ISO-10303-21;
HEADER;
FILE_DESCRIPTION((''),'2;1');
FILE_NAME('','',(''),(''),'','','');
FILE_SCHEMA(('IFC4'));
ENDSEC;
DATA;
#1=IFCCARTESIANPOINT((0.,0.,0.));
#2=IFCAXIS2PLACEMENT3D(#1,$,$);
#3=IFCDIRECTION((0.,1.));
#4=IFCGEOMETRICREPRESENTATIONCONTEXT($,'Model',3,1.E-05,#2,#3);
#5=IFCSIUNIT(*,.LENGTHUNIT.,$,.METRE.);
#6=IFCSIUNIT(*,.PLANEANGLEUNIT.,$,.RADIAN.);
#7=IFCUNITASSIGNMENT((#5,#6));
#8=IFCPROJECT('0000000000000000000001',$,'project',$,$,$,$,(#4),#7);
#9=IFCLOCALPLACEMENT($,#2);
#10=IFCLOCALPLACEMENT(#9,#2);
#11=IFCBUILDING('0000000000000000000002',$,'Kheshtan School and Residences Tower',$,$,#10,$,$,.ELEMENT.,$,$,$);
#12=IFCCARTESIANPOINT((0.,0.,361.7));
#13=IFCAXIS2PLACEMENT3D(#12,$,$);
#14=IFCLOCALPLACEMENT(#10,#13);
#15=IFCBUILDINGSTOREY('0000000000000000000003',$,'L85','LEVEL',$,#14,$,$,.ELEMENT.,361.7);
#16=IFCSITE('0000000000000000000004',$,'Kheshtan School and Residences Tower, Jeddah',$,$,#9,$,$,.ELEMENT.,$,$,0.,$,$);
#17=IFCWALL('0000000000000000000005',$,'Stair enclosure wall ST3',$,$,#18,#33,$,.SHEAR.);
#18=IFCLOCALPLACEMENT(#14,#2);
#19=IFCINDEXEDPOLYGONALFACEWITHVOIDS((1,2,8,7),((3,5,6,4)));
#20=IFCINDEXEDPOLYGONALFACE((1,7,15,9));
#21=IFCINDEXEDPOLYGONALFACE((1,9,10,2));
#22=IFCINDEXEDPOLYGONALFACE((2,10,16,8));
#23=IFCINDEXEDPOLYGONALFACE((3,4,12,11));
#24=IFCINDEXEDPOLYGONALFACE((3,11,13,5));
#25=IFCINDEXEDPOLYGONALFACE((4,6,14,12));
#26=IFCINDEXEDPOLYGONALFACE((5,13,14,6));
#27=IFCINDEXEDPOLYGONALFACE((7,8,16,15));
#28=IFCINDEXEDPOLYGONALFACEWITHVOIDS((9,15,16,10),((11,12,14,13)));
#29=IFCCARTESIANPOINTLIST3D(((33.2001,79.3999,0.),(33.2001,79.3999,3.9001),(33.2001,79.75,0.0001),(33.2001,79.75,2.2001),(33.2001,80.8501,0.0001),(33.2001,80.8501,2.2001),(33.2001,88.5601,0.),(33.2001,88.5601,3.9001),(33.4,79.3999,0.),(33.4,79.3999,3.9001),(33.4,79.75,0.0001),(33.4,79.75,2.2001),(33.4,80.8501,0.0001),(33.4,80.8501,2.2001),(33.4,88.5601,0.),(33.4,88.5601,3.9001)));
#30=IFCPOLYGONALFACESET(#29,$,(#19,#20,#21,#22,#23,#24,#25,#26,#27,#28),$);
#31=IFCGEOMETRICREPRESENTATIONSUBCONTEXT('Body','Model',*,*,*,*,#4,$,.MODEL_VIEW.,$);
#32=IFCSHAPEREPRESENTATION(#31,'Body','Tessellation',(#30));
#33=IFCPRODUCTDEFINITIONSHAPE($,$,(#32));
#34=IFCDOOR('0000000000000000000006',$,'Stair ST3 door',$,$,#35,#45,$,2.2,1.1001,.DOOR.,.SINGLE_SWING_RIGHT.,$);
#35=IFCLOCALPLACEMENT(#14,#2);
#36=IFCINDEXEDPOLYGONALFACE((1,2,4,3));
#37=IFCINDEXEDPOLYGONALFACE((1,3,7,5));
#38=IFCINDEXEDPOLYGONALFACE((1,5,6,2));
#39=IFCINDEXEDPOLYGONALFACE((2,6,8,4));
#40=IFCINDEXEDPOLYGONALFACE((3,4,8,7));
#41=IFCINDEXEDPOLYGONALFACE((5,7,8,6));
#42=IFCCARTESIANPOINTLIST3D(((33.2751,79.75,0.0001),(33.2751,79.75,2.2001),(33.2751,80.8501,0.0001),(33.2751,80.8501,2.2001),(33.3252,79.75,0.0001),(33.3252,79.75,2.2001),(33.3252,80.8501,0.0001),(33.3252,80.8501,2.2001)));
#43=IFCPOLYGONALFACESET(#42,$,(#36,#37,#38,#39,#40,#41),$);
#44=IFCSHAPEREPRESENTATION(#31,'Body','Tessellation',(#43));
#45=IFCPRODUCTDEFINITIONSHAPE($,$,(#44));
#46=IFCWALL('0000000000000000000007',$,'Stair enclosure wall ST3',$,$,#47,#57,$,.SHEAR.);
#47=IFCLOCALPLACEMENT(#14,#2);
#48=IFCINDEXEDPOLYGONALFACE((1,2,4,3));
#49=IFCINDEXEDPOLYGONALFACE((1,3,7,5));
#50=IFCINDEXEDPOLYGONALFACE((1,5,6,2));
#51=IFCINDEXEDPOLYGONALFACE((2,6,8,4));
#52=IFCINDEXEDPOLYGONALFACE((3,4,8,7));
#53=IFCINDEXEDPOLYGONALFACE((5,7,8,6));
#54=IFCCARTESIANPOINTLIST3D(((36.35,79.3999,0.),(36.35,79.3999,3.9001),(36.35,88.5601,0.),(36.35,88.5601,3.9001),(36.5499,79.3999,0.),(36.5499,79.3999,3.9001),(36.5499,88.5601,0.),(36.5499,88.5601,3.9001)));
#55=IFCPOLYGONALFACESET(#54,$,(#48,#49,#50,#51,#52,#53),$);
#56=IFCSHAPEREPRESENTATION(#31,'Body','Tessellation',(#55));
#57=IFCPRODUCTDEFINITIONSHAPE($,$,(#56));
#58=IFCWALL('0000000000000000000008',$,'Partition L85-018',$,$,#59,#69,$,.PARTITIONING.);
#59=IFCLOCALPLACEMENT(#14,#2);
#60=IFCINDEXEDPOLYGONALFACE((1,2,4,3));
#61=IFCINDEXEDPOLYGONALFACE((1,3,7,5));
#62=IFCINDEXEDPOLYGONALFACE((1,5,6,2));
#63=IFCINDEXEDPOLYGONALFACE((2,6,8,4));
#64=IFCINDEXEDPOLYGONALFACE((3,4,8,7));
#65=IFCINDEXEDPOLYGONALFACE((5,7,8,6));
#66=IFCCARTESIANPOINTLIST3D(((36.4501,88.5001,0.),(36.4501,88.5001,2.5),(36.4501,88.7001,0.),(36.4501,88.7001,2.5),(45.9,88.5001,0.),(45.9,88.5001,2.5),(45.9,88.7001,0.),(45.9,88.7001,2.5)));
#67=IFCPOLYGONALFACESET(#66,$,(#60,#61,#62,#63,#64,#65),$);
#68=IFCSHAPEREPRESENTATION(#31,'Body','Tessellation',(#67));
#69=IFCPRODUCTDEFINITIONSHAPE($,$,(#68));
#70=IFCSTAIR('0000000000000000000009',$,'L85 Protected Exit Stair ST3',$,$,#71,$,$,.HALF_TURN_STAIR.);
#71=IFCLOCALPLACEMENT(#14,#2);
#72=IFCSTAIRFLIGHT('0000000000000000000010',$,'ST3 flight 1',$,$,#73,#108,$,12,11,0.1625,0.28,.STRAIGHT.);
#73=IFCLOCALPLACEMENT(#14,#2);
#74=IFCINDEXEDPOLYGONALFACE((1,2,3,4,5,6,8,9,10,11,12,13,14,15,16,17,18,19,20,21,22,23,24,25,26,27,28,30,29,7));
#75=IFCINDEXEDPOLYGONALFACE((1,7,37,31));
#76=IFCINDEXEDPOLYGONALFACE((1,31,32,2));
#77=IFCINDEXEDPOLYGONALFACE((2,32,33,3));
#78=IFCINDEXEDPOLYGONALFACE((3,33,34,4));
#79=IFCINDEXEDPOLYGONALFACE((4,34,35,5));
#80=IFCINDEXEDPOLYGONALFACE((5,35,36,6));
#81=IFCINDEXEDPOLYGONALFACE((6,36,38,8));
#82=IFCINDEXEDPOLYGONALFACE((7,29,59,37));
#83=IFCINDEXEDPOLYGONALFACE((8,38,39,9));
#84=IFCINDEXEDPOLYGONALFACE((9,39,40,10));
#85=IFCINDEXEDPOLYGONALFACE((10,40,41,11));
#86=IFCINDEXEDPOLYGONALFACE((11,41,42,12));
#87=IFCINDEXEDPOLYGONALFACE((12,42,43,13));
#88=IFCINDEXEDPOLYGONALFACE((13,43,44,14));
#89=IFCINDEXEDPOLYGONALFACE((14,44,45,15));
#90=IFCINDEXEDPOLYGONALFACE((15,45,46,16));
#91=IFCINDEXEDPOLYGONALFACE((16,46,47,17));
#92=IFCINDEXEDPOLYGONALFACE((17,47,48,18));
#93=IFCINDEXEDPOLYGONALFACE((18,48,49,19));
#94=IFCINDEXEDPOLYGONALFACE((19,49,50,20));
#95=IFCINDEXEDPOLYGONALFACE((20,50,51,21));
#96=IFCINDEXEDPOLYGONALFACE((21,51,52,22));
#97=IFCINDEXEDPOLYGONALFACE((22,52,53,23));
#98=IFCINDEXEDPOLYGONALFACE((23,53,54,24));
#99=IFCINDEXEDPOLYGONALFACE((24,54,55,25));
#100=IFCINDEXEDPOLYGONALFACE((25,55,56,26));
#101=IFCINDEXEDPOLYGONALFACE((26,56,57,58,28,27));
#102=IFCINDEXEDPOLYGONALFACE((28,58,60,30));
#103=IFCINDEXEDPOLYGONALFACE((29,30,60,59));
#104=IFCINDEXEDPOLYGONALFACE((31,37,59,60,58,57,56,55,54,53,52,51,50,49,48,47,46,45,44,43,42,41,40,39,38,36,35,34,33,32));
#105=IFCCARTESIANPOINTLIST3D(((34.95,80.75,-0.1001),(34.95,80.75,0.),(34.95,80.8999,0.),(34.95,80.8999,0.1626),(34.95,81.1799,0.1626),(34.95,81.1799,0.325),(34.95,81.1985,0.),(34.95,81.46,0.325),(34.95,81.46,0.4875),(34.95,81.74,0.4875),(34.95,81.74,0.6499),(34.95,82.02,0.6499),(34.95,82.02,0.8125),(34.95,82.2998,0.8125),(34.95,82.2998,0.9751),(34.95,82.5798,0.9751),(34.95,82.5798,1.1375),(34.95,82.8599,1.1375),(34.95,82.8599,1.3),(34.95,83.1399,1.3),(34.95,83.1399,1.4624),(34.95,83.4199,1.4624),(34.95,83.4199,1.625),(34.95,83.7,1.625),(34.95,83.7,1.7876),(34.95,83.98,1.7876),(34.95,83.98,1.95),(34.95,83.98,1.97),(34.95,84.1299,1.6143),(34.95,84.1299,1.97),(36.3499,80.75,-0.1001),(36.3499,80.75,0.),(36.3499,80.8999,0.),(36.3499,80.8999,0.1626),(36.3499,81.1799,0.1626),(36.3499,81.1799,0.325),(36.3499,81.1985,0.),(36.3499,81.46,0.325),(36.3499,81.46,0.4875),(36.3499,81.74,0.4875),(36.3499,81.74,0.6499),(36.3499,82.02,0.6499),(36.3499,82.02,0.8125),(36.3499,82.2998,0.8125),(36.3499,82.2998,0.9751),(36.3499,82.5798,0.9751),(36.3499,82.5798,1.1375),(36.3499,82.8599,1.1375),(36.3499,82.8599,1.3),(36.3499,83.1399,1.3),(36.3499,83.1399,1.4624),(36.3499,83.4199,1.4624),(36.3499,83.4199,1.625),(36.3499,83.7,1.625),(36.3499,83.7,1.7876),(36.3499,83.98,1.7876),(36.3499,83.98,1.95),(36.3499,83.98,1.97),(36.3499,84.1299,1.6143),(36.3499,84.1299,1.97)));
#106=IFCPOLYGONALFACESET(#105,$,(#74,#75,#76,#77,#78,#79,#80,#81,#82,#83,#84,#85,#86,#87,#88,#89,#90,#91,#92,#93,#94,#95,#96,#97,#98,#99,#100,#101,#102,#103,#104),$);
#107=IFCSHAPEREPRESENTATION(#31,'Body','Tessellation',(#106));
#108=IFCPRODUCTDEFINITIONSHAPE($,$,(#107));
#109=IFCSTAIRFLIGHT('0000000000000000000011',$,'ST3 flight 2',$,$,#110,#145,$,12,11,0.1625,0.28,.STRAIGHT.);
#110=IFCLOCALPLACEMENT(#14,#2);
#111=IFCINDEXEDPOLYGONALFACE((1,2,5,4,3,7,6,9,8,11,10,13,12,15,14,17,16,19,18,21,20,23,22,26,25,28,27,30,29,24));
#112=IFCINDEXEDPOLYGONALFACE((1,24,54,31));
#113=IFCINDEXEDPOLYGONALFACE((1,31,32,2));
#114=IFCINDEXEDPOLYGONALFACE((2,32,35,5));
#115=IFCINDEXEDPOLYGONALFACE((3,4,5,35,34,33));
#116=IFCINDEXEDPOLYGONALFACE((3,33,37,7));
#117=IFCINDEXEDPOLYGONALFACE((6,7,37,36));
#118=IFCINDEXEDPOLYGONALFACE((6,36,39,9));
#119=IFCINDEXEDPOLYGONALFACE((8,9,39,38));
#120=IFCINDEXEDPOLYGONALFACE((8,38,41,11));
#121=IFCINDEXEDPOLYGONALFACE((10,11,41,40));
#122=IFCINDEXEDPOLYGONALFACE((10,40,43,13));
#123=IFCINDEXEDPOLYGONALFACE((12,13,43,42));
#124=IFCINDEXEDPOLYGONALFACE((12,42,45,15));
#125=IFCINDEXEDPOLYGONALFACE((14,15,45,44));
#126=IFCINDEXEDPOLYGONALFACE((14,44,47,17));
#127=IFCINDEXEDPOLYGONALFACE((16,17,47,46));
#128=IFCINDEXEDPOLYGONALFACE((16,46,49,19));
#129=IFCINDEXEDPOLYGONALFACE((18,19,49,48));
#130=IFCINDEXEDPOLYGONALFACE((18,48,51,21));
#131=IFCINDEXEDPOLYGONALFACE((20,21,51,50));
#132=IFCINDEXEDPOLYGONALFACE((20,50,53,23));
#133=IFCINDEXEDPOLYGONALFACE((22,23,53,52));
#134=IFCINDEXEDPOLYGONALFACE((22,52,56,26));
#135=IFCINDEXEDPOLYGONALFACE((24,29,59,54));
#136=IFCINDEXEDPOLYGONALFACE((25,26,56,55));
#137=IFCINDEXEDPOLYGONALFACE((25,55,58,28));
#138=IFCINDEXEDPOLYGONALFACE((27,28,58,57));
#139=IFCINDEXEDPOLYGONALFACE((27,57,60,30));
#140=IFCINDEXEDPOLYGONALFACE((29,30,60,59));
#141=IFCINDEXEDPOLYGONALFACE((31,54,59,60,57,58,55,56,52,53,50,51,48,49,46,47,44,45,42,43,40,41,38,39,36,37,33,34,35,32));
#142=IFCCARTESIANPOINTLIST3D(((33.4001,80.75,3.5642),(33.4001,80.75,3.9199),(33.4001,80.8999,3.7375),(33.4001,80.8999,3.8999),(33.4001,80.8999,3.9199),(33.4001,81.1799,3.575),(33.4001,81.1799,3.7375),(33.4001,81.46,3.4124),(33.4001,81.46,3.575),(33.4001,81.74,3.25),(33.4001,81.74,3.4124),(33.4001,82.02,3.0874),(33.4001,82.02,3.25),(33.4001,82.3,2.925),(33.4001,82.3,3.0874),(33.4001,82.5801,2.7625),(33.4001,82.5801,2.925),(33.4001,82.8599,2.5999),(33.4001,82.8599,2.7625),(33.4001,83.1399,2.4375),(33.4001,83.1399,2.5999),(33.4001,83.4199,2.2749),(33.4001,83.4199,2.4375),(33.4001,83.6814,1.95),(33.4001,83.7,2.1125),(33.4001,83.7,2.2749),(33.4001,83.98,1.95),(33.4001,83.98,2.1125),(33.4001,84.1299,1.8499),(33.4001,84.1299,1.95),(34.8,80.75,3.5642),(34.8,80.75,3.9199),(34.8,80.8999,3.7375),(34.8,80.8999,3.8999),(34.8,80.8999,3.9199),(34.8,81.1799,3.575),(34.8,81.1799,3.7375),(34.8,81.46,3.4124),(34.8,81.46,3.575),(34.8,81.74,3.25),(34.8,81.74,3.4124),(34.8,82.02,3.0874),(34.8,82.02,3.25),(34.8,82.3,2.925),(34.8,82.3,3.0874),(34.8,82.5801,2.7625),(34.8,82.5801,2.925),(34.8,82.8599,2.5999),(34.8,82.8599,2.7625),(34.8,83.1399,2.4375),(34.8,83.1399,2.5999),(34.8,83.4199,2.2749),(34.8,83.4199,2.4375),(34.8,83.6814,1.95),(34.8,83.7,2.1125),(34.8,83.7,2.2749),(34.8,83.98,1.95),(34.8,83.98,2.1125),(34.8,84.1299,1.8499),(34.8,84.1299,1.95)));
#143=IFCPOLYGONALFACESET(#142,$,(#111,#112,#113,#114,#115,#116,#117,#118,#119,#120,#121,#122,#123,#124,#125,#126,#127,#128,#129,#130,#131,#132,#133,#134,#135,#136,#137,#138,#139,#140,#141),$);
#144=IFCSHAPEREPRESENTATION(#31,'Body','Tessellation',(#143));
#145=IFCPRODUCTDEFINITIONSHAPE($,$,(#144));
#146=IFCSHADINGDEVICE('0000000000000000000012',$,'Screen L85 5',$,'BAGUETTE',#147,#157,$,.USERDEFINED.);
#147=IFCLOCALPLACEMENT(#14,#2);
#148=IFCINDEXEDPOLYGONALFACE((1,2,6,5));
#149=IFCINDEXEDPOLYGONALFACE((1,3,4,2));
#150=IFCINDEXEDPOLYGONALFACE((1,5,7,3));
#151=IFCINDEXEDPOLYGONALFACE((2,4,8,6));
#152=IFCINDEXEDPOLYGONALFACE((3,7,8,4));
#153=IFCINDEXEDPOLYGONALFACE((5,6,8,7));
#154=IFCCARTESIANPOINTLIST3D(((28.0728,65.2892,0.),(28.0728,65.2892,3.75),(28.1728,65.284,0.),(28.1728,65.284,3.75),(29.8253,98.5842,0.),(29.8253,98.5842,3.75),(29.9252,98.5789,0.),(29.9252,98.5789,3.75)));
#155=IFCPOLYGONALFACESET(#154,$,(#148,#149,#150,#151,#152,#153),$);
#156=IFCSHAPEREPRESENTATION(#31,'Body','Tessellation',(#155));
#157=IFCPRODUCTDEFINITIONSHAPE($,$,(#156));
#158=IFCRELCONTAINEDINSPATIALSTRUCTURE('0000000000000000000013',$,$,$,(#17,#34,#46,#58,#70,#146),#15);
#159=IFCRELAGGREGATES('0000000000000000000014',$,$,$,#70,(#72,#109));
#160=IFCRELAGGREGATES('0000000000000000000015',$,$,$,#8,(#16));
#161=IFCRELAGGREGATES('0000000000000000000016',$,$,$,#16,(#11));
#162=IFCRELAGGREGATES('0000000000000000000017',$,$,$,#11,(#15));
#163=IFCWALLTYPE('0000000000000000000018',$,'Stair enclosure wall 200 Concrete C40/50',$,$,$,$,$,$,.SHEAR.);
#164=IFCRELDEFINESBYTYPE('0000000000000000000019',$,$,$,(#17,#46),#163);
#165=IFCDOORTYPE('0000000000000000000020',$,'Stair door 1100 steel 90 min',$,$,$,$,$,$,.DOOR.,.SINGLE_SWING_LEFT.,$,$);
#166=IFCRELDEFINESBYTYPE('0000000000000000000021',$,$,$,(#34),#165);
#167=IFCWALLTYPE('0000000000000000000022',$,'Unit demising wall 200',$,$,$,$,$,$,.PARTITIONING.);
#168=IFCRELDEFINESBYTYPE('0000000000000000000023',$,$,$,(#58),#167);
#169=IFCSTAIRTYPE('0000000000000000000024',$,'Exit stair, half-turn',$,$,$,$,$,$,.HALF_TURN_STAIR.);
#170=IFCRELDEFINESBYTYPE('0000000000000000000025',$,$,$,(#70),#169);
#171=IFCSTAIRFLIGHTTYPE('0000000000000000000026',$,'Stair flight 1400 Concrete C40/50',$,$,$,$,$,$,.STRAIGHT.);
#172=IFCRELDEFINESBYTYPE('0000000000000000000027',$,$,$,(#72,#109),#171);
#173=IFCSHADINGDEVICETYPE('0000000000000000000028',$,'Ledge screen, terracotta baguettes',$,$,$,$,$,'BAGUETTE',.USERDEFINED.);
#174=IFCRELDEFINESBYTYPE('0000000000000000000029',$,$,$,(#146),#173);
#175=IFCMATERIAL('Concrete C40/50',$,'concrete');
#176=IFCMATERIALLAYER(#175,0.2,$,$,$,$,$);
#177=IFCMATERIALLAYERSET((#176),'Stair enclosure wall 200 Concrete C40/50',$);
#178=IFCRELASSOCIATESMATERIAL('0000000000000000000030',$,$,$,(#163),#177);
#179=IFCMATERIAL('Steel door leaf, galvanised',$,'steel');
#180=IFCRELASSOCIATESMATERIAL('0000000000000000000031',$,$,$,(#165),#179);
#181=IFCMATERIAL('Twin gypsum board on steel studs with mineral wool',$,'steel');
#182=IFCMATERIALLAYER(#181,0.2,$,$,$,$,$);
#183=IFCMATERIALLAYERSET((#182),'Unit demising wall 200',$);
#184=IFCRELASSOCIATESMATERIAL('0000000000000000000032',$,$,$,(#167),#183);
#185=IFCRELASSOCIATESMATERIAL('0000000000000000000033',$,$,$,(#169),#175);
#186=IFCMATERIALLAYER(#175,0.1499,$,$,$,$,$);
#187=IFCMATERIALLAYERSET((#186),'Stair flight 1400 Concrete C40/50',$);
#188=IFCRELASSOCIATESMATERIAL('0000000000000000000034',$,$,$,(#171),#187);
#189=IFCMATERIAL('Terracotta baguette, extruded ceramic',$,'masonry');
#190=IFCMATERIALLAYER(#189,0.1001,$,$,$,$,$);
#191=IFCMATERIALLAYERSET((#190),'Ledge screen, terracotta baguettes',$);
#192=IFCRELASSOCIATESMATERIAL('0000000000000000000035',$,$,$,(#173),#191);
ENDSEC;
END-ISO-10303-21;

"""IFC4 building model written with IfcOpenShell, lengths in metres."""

from ifc_helpers import new_model, si_unit, direction, frame, frame_2d, origin, origin_2d, place, context, subcontext, project, spatial, polyline, rectangle, outline, extrude, source, transform, mapped, material, layer, layer_set, type_object, element, fill, aggregate, save


model = new_model("IFC4")

# Units and contexts
model_context = context("Model", 3, precision=1e-05, world=origin(), true_north=direction((0.0, 1.0)))
body_context = subcontext(model_context, "Body", "Model", "MODEL_VIEW")
ifc_project = project(units=[si_unit("LENGTHUNIT", "METRE"), si_unit("PLANEANGLEUNIT", "RADIAN")], contexts=[model_context])

# Site, building, storey
site_placement = place(None, origin())
site = spatial("IfcSite", under=ifc_project, at=site_placement, Name="Kheshtan School and Residences Tower, Jeddah", CompositionType="ELEMENT", RefElevation=0.0)
building_placement = place(site_placement, origin())
building = spatial("IfcBuilding", under=site, at=building_placement, Name="Kheshtan School and Residences Tower", CompositionType="ELEMENT")
storey_placement = place(building_placement, frame((0.0, 0.0, 361.7)))
storey = spatial("IfcBuildingStorey", under=building, at=storey_placement, Name="L85", Description="LEVEL", CompositionType="ELEMENT", Elevation=361.7)

# Shared definitions
ifc_material_1 = material(Name="Concrete C40/50", Category="concrete")
ifc_layer_1 = layer(ifc_material_1, 0.2)
ifc_layer_set_1 = layer_set([ifc_layer_1], Name="Stair enclosure wall 200 Concrete C40/50")
wall_type_1 = type_object("IfcWallType", Name="Stair enclosure wall 200 Concrete C40/50", PredefinedType="SHEAR", material=ifc_layer_set_1)

# Wall, opening, door
wall_1_placement = place(storey_placement, frame((33.3, 79.3999, 0.0), z_axis=(0.0, 0.0, 1.0), x_axis=(0.0, 1.0, 0.0)))
wall_1 = element("IfcWall", 1, at=wall_1_placement, inside=storey, type_object=wall_type_1, Name="Stair enclosure wall ST3", PredefinedType="SHEAR", context=body_context, shape_type="SweptSolid", body=[
    extrude(rectangle(XDim=9.1602, YDim=0.2, at=frame_2d((4.5801, 0.0))), origin(), (0.0, 0.0, 1.0), 3.9001),
])
opening_1_placement = place(wall_1_placement, frame((0.3501, 0.0, 0.0)))
opening_1 = element("IfcOpeningElement", 2, at=opening_1_placement, cuts=wall_1, PredefinedType="OPENING", context=body_context, shape_type="SweptSolid", body=[
    extrude(rectangle(XDim=1.1001, YDim=2.2, at=frame_2d((0.55, 1.1001))), frame((0.0, 0.1099, 0.0), z_axis=(0.0, -1.0, 0.0), x_axis=(1.0, 0.0, 0.0)), (0.0, 0.0, 1.0), 0.22),
])
ifc_material_2 = material(Name="Steel door leaf, galvanised", Category="steel")
door_type_1 = type_object("IfcDoorType", Name="Stair door 1100 steel 90 min", OperationType="SINGLE_SWING_LEFT", PredefinedType="DOOR", material=ifc_material_2)
shared_shape_1 = source(origin(), body_context, "Body", "SweptSolid", [
    extrude(rectangle(XDim=1.1001, YDim=2.2, at=frame_2d((0.55, 1.1001))), frame((0.0, 0.0249, 0.0), z_axis=(0.0, -1.0, 0.0), x_axis=(1.0, 0.0, 0.0)), (0.0, 0.0, 1.0), 0.05),
])
door_1_placement = place(opening_1_placement, origin())
door_1 = element("IfcDoor", 3, at=door_1_placement, inside=storey, type_object=door_type_1, Name="Stair ST3 door", OperationType="SINGLE_SWING_RIGHT", OverallHeight=2.2, OverallWidth=1.1001, PredefinedType="DOOR", context=body_context, shape_type="MappedRepresentation", body=[
    mapped(shared_shape_1, transform((0.0, 0.0, 0.0), x_axis=(1.0, 0.0, 0.0), y_axis=(0.0, 1.0, 0.0), z_axis=(0.0, 0.0, 1.0), scale=1.0)),
])
fill(opening_1, door_1)

# Walls
wall_2_placement = place(storey_placement, frame((36.45, 79.3999, 0.0), z_axis=(0.0, 0.0, 1.0), x_axis=(0.0, 1.0, 0.0)))
element("IfcWall", 4, at=wall_2_placement, inside=storey, type_object=wall_type_1, Name="Stair enclosure wall ST3", PredefinedType="SHEAR", context=body_context, shape_type="SweptSolid", body=[
    extrude(rectangle(XDim=9.1602, YDim=0.2, at=frame_2d((4.5801, 0.0))), origin(), (0.0, 0.0, 1.0), 3.9001),
])
ifc_material_3 = material(Name="Twin gypsum board on steel studs with mineral wool", Category="steel")
ifc_layer_2 = layer(ifc_material_3, 0.2)
ifc_layer_set_2 = layer_set([ifc_layer_2], Name="Unit demising wall 200")
wall_type_2 = type_object("IfcWallType", Name="Unit demising wall 200", PredefinedType="PARTITIONING", material=ifc_layer_set_2)
wall_3_placement = place(storey_placement, frame((36.45, 88.6001, 0.0), z_axis=(0.0, 0.0, 1.0), x_axis=(1.0, 0.0, 0.0)))
element("IfcWall", 5, at=wall_3_placement, inside=storey, type_object=wall_type_2, Name="Partition L85-018", PredefinedType="PARTITIONING", context=body_context, shape_type="SweptSolid", body=[
    extrude(rectangle(XDim=9.45, YDim=0.2, at=frame_2d((4.7251, 0.0))), origin(), (0.0, 0.0, 1.0), 2.5),
])

# Stair, stair flights
stair_type = type_object("IfcStairType", Name="Exit stair, half-turn", PredefinedType="HALF_TURN_STAIR", material=ifc_material_1)
stair_placement = place(storey_placement, origin())
stair = element("IfcStair", 6, at=stair_placement, inside=storey, type_object=stair_type, Name="L85 Protected Exit Stair ST3", PredefinedType="HALF_TURN_STAIR")
ifc_layer_3 = layer(ifc_material_1, 0.1499)
ifc_layer_set_3 = layer_set([ifc_layer_3], Name="Stair flight 1400 Concrete C40/50")
stair_flight_type = type_object("IfcStairFlightType", Name="Stair flight 1400 Concrete C40/50", PredefinedType="STRAIGHT", material=ifc_layer_set_3)
stair_flight_1_placement = place(storey_placement, frame((35.6499, 80.8999, 0.0), z_axis=(0.0, 0.0, 1.0), x_axis=(0.0, 1.0, 0.0)))
stair_flight_1 = element("IfcStairFlight", 7, at=stair_flight_1_placement, type_object=stair_flight_type, Name="ST3 flight 1", NumberOfRisers=12, NumberOfTreads=11, PredefinedType="STRAIGHT", RiserHeight=0.1625, TreadLength=0.28, context=body_context, shape_type="SweptSolid", body=[
    extrude(outline(polyline([(-0.1499, -0.1001), (-0.1499, 0.0), (0.0, 0.0), (0.0, 0.1626), (0.28, 0.1626), (0.28, 0.325), (0.5601, 0.325), (0.5601, 0.4875), (0.8401, 0.4875), (0.8401, 0.6499), (1.1201, 0.6499), (1.1201, 0.8125), (1.3999, 0.8125), (1.3999, 0.9751), (1.6799, 0.9751), (1.6799, 1.1375), (1.96, 1.1375), (1.96, 1.3), (2.24, 1.3), (2.24, 1.4624), (2.52, 1.4624), (2.52, 1.625), (2.8, 1.625), (2.8, 1.7876), (3.0801, 1.7876), (3.0801, 1.95), (3.0801, 1.97), (3.23, 1.97), (3.23, 1.6143), (0.2986, 0.0), (-0.1499, -0.1001)])), frame((0.0, 0.7, 0.0), z_axis=(0.0, -1.0, 0.0), x_axis=(1.0, 0.0, 0.0)), (0.0, 0.0, 1.0), 1.3999),
])
stair_flight_2_placement = place(storey_placement, frame((34.1001, 83.98, 1.95), z_axis=(0.0, 0.0, 1.0), x_axis=(0.0, -1.0, 0.0)))
stair_flight_2 = element("IfcStairFlight", 8, at=stair_flight_2_placement, type_object=stair_flight_type, Name="ST3 flight 2", NumberOfRisers=12, NumberOfTreads=11, PredefinedType="STRAIGHT", RiserHeight=0.1625, TreadLength=0.28, context=body_context, shape_type="SweptSolid", body=[
    extrude(outline(polyline([(-0.1499, -0.1001), (-0.1499, 0.0), (0.0, 0.0), (0.0, 0.1626), (0.28, 0.1626), (0.28, 0.325), (0.5601, 0.325), (0.5601, 0.4875), (0.8401, 0.4875), (0.8401, 0.6499), (1.1201, 0.6499), (1.1201, 0.8125), (1.3999, 0.8125), (1.3999, 0.9751), (1.6799, 0.9751), (1.6799, 1.1375), (1.96, 1.1375), (1.96, 1.3), (2.24, 1.3), (2.24, 1.4624), (2.52, 1.4624), (2.52, 1.625), (2.8, 1.625), (2.8, 1.7876), (3.0801, 1.7876), (3.0801, 1.95), (3.0801, 1.97), (3.23, 1.97), (3.23, 1.6143), (0.2986, 0.0), (-0.1499, -0.1001)])), frame((0.0, 0.7, 0.0), z_axis=(0.0, -1.0, 0.0), x_axis=(1.0, 0.0, 0.0)), (0.0, 0.0, 1.0), 1.3999),
])
aggregate(stair, [stair_flight_1, stair_flight_2])

# Shading device
ifc_material_4 = material(Name="Terracotta baguette, extruded ceramic", Category="masonry")
ifc_layer_4 = layer(ifc_material_4, 0.1001)
ifc_layer_set_4 = layer_set([ifc_layer_4], Name="Ledge screen, terracotta baguettes")
shading_device_type = type_object("IfcShadingDeviceType", Name="Ledge screen, terracotta baguettes", ElementType="BAGUETTE", PredefinedType="USERDEFINED", material=ifc_layer_set_4)
shading_device_placement = place(storey_placement, frame((28.999, 81.9341, 0.0), z_axis=(0.0, 0.0, 1.0), x_axis=(0.052563, 0.998618, 0.0)))
element("IfcShadingDevice", 9, at=shading_device_placement, inside=storey, type_object=shading_device_type, Name="Screen L85 5", ObjectType="BAGUETTE", PredefinedType="USERDEFINED", context=body_context, shape_type="SweptSolid", body=[
    extrude(rectangle(XDim=33.3411, YDim=0.1001, at=origin_2d()), origin(), (0.0, 0.0, 1.0), 3.75),
])

save(model, "model.ifc")
